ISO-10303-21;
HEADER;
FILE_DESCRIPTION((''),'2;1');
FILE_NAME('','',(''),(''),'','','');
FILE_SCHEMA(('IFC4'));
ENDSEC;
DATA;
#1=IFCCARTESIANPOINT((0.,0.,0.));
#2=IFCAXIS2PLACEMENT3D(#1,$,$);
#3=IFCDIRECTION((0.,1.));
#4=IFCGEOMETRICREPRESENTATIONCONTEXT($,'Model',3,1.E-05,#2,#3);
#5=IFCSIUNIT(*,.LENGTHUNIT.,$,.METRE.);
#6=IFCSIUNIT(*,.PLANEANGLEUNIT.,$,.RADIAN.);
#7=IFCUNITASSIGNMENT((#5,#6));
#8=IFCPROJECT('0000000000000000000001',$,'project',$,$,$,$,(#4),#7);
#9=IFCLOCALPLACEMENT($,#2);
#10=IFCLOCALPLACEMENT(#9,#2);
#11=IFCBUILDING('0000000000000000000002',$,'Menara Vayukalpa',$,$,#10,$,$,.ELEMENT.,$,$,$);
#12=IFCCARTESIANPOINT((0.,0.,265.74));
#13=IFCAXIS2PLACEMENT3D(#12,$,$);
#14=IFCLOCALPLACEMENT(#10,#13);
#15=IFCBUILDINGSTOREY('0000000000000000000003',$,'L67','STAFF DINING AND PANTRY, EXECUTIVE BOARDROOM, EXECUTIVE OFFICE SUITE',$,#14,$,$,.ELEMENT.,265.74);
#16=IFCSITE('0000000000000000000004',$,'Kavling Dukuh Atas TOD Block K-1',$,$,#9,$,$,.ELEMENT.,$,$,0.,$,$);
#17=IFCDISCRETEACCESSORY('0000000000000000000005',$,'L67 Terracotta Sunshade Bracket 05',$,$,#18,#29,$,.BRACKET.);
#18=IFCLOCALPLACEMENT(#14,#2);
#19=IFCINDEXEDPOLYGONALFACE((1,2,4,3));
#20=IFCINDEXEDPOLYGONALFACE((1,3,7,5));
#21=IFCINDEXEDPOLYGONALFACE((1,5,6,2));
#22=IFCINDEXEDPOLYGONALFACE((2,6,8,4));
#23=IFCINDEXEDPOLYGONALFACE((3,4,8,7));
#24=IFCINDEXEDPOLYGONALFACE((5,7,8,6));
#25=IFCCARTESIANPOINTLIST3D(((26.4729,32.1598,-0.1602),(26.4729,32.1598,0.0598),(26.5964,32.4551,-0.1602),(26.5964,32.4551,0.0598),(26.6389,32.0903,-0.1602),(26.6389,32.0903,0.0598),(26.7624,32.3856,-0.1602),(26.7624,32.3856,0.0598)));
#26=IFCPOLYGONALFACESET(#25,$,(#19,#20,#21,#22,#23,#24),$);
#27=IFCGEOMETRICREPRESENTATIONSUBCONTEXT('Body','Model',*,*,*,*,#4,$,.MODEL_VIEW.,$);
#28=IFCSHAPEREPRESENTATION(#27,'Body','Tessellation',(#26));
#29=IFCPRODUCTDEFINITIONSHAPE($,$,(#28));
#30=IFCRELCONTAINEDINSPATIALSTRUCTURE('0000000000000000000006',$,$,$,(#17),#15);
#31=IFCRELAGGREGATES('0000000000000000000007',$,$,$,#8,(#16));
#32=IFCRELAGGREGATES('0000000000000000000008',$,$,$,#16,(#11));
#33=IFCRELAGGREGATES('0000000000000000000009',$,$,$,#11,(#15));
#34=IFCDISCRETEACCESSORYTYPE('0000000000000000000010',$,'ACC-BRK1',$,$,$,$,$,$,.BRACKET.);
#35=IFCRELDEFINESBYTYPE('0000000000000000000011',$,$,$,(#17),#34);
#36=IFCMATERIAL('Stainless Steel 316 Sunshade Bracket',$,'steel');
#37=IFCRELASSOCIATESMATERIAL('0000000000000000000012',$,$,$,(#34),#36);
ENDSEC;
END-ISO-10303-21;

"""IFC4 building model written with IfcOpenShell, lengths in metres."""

from ifc_helpers import new_model, si_unit, direction, frame, origin, origin_2d, place, context, subcontext, project, spatial, rectangle, extrude, material, type_object, element, save


model = new_model("IFC4")

# Units and contexts
model_context = context("Model", 3, precision=1e-05, world=origin(), true_north=direction((0.0, 1.0)))
body_context = subcontext(model_context, "Body", "Model", "MODEL_VIEW")
ifc_project = project(units=[si_unit("LENGTHUNIT", "METRE"), si_unit("PLANEANGLEUNIT", "RADIAN")], contexts=[model_context])

# Site, building, storey
site_placement = place(None, origin())
site = spatial("IfcSite", under=ifc_project, at=site_placement, Name="Kavling Dukuh Atas TOD Block K-1", CompositionType="ELEMENT", RefElevation=0.0)
building_placement = place(site_placement, origin())
building = spatial("IfcBuilding", under=site, at=building_placement, Name="Menara Vayukalpa", CompositionType="ELEMENT")
storey_placement = place(building_placement, frame((0.0, 0.0, 265.74)))
storey = spatial("IfcBuildingStorey", under=building, at=storey_placement, Name="L67", Description="STAFF DINING AND PANTRY, EXECUTIVE BOARDROOM, EXECUTIVE OFFICE SUITE", CompositionType="ELEMENT", Elevation=265.74)

# Discrete accessory
ifc_material_1 = material(Name="Stainless Steel 316 Sunshade Bracket", Category="steel")
discrete_accessory_type = type_object("IfcDiscreteAccessoryType", Name="ACC-BRK1", PredefinedType="BRACKET", material=ifc_material_1)
discrete_accessory_placement = place(storey_placement, frame((26.6177, 32.2727, -0.1602), z_axis=(0.0, 0.0, 1.0), x_axis=(-0.922538, 0.385906, 0.0)))
element("IfcDiscreteAccessory", 1, at=discrete_accessory_placement, inside=storey, type_object=discrete_accessory_type, Name="L67 Terracotta Sunshade Bracket 05", PredefinedType="BRACKET", context=body_context, shape_type="SweptSolid", body=[
    extrude(rectangle(XDim=0.1799, YDim=0.3201, at=origin_2d()), origin(), (0.0, 0.0, 1.0), 0.22),
])

save(model, "model.ifc")
